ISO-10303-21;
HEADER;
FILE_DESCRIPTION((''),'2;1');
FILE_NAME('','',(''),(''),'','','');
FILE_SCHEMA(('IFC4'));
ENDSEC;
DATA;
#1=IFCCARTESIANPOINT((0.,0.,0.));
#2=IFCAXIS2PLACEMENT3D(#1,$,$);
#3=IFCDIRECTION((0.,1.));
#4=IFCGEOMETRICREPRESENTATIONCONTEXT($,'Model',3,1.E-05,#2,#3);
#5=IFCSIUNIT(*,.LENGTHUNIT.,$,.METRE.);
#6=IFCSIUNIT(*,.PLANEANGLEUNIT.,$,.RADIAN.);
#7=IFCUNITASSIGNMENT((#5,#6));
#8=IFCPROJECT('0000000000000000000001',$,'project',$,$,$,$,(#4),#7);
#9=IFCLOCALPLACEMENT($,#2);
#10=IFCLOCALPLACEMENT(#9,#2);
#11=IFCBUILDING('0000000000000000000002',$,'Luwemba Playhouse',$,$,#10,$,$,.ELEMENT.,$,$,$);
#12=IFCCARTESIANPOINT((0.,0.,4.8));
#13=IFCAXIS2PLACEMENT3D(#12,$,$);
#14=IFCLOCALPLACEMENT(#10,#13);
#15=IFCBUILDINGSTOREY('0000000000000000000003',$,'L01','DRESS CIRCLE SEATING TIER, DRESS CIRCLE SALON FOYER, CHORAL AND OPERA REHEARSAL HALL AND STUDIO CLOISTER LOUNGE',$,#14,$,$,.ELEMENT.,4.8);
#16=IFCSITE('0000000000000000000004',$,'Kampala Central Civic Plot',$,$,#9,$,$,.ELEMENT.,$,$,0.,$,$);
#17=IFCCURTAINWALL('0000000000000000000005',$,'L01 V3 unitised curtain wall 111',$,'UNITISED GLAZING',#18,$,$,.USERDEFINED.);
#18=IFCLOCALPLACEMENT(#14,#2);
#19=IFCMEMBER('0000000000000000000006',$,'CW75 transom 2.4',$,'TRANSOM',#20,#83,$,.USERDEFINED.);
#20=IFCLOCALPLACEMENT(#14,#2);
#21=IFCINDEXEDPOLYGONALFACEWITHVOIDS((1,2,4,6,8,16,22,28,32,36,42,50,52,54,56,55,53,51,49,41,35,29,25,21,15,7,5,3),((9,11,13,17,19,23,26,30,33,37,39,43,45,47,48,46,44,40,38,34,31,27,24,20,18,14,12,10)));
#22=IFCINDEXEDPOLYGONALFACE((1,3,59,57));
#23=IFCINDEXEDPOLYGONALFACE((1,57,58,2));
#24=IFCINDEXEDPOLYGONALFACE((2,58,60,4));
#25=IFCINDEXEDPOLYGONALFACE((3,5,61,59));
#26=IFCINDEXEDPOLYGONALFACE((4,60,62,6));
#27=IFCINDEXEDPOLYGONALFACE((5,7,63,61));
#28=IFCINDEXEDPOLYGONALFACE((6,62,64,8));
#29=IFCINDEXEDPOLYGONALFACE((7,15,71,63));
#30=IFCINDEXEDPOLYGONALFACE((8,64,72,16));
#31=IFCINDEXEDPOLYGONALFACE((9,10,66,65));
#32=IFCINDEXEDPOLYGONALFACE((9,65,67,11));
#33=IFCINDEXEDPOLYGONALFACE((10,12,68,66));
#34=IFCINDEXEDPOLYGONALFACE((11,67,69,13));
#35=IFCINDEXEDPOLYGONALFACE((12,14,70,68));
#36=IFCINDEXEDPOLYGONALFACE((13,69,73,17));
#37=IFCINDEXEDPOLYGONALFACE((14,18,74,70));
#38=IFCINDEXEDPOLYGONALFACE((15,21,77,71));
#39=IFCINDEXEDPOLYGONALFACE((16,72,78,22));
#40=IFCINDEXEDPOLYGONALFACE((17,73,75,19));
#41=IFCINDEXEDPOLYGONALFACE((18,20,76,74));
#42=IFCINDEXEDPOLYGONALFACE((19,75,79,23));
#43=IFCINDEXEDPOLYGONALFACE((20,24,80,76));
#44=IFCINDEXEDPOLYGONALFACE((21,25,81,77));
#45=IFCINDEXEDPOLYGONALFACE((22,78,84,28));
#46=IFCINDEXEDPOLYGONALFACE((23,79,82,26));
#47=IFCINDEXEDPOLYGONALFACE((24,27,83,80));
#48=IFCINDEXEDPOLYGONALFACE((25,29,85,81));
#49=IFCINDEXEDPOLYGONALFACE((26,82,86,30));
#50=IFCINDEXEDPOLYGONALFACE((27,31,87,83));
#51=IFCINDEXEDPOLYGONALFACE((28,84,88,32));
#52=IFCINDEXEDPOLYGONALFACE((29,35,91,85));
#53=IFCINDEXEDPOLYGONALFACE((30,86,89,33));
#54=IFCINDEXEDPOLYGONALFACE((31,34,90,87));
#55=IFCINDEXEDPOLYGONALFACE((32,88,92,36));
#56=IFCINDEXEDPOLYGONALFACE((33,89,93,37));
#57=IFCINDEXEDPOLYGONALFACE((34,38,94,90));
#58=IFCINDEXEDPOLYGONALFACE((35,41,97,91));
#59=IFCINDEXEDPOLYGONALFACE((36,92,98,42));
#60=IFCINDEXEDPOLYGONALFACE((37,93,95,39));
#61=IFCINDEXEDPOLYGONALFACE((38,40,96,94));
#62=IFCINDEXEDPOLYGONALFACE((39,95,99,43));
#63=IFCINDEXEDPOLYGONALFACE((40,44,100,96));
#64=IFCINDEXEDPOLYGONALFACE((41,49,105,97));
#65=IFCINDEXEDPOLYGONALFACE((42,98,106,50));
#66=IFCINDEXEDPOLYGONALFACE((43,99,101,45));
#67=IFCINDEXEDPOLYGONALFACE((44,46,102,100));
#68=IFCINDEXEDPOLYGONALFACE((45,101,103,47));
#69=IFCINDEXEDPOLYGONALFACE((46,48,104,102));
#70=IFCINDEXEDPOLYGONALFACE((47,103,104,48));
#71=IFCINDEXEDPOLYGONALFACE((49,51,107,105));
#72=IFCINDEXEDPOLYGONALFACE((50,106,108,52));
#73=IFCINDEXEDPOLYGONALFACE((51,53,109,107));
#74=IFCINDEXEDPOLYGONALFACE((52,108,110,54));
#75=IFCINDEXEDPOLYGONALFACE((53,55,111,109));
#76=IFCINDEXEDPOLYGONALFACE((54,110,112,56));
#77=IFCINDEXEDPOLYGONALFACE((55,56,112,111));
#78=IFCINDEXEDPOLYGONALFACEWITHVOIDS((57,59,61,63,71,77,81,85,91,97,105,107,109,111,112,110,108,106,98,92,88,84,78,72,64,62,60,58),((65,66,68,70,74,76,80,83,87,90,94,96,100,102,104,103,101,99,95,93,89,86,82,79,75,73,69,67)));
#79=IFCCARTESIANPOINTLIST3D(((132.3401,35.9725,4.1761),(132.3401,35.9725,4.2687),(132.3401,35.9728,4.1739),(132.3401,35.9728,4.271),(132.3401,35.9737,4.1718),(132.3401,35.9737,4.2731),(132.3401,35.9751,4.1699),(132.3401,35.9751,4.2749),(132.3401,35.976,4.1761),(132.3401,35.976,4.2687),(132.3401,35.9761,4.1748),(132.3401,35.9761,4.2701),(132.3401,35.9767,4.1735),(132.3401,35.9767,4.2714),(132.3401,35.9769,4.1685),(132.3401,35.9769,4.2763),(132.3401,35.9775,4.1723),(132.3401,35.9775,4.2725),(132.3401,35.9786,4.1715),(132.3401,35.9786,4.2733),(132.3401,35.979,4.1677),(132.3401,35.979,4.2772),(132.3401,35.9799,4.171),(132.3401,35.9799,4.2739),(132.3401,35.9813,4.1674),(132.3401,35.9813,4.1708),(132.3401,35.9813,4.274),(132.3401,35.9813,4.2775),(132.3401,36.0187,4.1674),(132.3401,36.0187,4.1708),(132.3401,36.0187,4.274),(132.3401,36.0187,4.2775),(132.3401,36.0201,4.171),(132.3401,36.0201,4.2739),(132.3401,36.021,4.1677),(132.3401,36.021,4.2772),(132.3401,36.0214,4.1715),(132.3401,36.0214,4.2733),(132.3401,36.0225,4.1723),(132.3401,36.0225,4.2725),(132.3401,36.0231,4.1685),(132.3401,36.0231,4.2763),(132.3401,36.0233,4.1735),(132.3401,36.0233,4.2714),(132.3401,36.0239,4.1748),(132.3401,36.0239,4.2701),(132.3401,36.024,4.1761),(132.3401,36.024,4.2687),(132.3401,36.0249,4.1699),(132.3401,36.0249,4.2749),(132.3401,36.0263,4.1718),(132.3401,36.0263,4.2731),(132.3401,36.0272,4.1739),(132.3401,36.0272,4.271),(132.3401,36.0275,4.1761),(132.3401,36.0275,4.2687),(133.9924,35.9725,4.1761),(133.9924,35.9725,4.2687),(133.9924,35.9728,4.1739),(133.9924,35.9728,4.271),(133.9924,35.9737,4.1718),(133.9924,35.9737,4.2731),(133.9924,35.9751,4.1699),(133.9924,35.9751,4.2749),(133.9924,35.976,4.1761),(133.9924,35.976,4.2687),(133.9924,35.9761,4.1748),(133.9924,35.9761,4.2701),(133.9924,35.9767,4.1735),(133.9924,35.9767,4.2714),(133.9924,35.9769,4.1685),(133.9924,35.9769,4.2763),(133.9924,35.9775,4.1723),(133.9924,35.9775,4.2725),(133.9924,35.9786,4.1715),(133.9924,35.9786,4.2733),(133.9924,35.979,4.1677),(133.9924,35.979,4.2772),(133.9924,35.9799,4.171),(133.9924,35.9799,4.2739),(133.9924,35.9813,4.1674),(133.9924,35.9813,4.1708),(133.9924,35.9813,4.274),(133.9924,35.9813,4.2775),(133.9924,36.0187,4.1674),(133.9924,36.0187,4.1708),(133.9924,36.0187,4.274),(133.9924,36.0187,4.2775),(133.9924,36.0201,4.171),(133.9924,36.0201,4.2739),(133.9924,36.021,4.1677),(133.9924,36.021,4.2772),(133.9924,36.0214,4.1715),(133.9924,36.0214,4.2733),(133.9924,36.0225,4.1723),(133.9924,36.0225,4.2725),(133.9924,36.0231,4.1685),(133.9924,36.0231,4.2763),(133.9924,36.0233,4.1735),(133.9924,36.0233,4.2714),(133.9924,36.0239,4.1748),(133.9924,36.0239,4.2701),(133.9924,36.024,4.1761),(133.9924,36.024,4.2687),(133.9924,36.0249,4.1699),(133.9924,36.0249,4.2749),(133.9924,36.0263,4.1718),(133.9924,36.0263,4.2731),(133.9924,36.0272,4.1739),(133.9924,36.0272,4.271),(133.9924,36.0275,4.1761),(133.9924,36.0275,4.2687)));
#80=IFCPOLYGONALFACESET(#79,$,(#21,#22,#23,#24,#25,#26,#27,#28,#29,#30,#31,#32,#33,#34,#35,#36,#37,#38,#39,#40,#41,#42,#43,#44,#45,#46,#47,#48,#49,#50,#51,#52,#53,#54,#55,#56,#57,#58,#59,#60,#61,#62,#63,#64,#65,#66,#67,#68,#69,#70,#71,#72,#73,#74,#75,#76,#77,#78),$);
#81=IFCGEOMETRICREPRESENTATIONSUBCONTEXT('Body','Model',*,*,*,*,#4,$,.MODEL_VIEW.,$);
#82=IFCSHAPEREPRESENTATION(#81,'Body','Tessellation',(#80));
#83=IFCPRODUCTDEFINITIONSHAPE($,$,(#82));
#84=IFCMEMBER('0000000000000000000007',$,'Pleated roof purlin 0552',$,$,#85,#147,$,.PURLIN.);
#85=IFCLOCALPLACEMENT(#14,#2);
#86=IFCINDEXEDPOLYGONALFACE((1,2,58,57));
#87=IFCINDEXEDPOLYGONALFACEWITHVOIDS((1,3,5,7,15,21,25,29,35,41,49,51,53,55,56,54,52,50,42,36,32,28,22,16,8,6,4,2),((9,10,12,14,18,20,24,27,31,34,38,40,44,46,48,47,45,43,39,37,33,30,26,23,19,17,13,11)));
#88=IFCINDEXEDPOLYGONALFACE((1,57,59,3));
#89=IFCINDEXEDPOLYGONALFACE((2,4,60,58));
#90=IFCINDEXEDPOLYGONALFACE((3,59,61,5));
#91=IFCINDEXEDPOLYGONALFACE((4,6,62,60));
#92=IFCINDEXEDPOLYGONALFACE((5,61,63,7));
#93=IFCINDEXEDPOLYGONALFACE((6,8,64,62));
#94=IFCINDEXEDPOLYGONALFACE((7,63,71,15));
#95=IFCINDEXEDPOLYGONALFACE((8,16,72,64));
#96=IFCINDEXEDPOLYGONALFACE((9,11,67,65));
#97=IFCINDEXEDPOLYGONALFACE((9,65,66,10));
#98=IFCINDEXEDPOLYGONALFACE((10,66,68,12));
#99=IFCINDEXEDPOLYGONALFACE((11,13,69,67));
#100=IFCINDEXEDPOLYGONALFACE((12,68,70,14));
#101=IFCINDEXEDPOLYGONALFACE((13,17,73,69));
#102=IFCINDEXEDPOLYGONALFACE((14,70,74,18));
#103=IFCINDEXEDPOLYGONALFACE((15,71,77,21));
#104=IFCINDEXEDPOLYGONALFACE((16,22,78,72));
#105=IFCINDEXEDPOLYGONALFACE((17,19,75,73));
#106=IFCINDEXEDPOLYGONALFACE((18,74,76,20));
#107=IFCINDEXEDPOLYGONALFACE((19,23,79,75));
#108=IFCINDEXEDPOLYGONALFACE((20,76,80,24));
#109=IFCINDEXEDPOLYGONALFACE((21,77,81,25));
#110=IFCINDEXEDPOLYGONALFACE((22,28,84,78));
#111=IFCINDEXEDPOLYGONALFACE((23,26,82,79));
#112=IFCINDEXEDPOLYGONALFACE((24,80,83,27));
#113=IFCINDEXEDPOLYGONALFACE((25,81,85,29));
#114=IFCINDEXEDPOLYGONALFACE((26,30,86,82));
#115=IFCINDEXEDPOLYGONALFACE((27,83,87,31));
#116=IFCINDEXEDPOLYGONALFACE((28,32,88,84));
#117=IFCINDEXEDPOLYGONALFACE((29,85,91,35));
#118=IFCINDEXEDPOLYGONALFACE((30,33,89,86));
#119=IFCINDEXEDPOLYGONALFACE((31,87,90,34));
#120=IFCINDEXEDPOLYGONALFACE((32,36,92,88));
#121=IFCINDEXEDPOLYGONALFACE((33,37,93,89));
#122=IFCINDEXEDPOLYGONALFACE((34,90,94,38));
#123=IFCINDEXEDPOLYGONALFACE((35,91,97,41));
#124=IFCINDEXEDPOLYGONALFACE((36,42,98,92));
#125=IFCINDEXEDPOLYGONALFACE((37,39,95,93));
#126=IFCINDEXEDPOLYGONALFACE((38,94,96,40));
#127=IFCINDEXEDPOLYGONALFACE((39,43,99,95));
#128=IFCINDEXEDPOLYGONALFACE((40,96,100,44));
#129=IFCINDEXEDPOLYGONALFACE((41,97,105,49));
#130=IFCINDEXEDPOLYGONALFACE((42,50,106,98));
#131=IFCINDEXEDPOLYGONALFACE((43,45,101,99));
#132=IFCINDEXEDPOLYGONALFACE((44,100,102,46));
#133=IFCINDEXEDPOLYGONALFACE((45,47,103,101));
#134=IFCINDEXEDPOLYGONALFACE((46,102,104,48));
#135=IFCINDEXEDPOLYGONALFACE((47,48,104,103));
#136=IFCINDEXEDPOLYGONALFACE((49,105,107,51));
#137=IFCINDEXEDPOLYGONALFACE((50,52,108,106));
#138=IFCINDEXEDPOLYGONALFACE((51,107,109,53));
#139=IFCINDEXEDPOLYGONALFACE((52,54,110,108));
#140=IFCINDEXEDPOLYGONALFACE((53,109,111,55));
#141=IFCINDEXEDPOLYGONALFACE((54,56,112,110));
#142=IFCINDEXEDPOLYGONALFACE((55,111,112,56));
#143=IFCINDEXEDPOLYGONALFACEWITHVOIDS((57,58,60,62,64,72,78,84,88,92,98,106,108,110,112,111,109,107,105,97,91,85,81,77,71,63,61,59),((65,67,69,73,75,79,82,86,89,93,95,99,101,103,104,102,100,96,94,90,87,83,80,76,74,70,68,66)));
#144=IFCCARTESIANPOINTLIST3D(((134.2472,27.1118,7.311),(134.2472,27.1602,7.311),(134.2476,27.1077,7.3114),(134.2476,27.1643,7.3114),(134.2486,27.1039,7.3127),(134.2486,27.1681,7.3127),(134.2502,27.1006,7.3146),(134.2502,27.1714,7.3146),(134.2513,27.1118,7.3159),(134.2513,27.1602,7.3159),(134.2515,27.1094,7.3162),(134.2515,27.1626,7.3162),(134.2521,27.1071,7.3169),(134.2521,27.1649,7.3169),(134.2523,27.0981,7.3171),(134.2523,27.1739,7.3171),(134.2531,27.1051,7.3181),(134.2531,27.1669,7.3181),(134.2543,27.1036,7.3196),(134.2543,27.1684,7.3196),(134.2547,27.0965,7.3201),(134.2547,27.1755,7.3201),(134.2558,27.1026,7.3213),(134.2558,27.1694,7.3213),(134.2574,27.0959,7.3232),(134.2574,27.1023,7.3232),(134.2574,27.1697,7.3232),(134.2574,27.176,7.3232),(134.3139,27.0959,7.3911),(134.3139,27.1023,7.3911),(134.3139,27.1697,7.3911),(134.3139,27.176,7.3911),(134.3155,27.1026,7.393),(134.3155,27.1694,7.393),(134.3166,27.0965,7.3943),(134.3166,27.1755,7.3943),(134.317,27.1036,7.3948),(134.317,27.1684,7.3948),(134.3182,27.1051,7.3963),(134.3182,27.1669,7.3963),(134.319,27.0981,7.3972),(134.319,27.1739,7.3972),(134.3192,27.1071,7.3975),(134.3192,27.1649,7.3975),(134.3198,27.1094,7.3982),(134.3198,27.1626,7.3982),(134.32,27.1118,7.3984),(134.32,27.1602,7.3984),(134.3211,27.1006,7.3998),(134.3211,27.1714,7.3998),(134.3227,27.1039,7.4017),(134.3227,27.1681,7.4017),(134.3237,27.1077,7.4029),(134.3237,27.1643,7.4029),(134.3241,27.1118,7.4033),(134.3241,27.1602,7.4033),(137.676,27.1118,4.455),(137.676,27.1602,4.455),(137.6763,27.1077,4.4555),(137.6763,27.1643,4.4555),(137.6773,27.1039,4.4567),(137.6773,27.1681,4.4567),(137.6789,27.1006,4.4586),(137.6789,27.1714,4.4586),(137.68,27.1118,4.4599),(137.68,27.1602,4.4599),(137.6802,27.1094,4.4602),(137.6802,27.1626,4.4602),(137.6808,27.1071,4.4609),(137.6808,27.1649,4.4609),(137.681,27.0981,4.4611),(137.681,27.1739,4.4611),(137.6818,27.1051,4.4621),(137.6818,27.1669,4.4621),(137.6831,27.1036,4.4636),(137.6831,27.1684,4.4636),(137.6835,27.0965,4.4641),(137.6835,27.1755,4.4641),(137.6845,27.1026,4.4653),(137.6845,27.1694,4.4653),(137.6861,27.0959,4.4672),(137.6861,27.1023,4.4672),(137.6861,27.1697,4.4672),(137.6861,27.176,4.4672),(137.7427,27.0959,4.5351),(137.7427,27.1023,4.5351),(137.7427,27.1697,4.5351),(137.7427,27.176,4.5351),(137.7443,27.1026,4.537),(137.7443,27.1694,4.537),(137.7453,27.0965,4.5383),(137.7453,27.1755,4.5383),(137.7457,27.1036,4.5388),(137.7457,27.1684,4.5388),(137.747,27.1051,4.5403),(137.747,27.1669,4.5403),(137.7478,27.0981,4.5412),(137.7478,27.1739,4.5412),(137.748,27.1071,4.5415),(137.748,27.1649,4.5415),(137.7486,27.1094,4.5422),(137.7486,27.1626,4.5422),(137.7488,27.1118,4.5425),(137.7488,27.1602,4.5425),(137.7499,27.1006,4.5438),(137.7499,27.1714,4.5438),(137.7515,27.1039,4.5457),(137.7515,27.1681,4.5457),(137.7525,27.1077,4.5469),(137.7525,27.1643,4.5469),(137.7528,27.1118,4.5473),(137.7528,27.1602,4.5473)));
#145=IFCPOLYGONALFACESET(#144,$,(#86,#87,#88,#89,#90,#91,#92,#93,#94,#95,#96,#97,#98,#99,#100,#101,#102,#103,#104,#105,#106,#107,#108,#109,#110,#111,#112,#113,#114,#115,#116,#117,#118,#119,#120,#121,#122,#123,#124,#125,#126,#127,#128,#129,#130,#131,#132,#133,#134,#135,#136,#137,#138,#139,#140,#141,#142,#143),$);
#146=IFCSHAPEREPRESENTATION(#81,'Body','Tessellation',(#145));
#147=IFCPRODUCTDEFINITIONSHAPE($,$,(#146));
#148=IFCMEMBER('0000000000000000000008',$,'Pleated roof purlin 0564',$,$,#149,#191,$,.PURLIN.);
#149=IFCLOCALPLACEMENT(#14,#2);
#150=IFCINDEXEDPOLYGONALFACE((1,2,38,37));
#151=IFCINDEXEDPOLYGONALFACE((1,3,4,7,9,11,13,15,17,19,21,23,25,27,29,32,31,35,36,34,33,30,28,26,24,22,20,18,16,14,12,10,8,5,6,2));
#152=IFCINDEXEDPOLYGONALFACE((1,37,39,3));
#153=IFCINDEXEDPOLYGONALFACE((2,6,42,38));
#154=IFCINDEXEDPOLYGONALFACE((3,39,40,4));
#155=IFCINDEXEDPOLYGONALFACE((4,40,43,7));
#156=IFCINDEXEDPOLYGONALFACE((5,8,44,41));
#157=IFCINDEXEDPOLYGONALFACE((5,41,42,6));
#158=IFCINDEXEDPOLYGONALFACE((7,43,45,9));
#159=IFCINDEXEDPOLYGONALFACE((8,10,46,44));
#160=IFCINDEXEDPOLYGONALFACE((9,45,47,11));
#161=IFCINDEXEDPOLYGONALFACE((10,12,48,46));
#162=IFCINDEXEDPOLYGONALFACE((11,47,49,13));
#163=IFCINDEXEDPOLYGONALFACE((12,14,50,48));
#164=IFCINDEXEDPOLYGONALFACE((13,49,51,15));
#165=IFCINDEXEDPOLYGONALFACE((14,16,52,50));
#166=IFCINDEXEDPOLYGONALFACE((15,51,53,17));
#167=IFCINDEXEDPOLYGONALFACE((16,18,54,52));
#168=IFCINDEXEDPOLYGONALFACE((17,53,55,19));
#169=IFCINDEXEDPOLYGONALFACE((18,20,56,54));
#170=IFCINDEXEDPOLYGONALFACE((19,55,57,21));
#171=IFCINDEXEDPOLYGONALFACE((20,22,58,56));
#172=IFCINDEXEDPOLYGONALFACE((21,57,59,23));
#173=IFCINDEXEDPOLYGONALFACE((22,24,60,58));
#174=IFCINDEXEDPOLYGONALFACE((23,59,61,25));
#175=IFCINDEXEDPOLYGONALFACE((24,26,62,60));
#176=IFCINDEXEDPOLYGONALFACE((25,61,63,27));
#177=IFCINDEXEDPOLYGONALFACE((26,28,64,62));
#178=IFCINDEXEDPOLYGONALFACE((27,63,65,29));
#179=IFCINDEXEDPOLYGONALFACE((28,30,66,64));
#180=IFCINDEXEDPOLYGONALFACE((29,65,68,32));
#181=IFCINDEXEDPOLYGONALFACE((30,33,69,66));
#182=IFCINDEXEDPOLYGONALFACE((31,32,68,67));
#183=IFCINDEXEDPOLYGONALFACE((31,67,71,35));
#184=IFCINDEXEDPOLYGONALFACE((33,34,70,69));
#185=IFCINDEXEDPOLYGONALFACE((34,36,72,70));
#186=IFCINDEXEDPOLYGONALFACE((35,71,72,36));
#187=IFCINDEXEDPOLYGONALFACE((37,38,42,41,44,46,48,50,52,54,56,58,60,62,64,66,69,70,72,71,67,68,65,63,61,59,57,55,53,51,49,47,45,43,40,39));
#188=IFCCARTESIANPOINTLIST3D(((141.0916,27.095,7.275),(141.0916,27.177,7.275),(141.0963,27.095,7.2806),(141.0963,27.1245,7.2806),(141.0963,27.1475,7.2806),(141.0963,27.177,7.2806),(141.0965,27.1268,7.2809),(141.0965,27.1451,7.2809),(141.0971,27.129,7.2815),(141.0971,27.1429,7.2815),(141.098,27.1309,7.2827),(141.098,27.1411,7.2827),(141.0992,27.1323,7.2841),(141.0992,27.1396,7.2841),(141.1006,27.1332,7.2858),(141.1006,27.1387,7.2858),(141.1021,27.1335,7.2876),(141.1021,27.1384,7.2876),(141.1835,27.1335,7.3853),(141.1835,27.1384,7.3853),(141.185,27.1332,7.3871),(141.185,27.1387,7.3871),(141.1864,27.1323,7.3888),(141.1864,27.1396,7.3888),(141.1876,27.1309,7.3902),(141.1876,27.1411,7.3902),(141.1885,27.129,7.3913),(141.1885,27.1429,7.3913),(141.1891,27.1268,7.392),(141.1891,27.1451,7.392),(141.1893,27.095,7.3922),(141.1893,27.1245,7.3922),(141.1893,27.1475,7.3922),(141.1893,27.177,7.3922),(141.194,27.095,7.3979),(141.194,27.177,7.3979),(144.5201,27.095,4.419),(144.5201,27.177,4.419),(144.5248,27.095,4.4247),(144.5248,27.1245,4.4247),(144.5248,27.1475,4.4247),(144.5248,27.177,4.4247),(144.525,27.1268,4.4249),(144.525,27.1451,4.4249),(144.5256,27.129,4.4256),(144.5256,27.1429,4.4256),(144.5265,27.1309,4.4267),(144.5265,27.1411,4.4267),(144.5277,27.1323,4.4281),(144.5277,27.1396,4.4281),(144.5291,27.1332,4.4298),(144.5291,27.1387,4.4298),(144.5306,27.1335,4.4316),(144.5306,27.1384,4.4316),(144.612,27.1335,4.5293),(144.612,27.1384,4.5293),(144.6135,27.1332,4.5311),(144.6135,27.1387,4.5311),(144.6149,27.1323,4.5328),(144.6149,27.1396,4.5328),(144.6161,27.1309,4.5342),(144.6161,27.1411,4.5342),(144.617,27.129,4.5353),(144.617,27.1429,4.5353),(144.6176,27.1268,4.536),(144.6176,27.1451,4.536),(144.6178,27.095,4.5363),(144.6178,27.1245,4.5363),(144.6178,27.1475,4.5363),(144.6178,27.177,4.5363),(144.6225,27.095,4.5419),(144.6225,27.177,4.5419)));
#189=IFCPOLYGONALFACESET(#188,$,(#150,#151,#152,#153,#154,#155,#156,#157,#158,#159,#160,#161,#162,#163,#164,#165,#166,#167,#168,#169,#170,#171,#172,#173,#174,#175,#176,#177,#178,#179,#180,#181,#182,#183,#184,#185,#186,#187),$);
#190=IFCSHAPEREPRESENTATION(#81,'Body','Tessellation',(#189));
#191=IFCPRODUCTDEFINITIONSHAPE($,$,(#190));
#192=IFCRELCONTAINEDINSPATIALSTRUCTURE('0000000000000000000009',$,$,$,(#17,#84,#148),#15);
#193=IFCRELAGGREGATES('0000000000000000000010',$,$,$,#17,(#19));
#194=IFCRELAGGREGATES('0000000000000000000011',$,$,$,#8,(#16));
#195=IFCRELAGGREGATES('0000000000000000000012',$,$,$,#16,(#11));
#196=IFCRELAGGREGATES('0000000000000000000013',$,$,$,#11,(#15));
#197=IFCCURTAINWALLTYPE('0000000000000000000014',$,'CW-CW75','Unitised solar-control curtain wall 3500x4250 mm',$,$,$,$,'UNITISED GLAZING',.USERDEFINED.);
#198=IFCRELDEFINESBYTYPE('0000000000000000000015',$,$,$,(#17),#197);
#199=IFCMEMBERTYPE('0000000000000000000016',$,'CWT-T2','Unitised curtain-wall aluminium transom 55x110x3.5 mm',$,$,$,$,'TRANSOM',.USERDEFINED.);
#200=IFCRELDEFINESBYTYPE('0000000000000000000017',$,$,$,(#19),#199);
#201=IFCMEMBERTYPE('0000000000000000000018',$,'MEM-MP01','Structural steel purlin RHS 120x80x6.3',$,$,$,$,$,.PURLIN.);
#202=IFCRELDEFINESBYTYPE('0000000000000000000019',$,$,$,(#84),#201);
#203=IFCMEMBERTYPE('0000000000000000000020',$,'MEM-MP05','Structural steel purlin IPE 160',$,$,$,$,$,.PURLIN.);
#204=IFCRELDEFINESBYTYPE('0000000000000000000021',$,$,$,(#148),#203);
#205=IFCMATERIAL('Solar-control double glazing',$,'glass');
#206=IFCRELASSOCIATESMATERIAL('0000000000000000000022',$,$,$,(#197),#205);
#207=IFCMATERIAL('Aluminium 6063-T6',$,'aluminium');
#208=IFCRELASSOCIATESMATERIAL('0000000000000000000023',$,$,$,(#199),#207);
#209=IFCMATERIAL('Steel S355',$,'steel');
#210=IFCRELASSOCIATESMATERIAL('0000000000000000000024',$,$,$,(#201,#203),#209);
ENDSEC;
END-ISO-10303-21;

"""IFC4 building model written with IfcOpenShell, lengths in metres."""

from ifc_helpers import new_model, si_unit, direction, frame, origin, origin_2d, place, context, subcontext, project, spatial, hollow_rectangle, i_section, extrude, material, material_profile, profile_set, type_object, element, aggregate, save


model = new_model("IFC4")

# Units and contexts
model_context = context("Model", 3, precision=1e-05, world=origin(), true_north=direction((0.0, 1.0)))
body_context = subcontext(model_context, "Body", "Model", "MODEL_VIEW")
ifc_project = project(units=[si_unit("LENGTHUNIT", "METRE"), si_unit("PLANEANGLEUNIT", "RADIAN")], contexts=[model_context])

# Site, building, storey
site_placement = place(None, origin())
site = spatial("IfcSite", under=ifc_project, at=site_placement, Name="Kampala Central Civic Plot", CompositionType="ELEMENT", RefElevation=0.0)
building_placement = place(site_placement, origin())
building = spatial("IfcBuilding", under=site, at=building_placement, Name="Luwemba Playhouse", CompositionType="ELEMENT")
storey_placement = place(building_placement, frame((0.0, 0.0, 4.8)))
storey = spatial("IfcBuildingStorey", under=building, at=storey_placement, Name="L01", Description="DRESS CIRCLE SEATING TIER, DRESS CIRCLE SALON FOYER, CHORAL AND OPERA REHEARSAL HALL AND STUDIO CLOISTER LOUNGE", CompositionType="ELEMENT", Elevation=4.8)

# Shared definitions
ifc_material_1 = material(Name="Solar-control double glazing", Category="glass")
ifc_material_2 = material(Name="Aluminium 6063-T6", Category="aluminium")

# Curtain wall, member
curtain_wall_type_1 = type_object("IfcCurtainWallType", Name="CW-CW75", Description="Unitised solar-control curtain wall 3500x4250 mm", ElementType="UNITISED GLAZING", PredefinedType="USERDEFINED", material=ifc_material_1)
curtain_wall_1_placement = place(storey_placement, origin())
curtain_wall_1 = element("IfcCurtainWall", 1, at=curtain_wall_1_placement, inside=storey, type_object=curtain_wall_type_1, Name="L01 V3 unitised curtain wall 111", ObjectType="UNITISED GLAZING", PredefinedType="USERDEFINED")
ifc_material_profile_1 = material_profile(ifc_material_2, hollow_rectangle(XDim=0.0549, YDim=0.1101, WallThickness=0.0034, InnerFilletRadius=0.0054, OuterFilletRadius=0.0088, at=origin_2d()))
ifc_profile_set_1 = profile_set([ifc_material_profile_1], Name="Aluminium 6063-T6")
member_type_1 = type_object("IfcMemberType", Name="CWT-T2", Description="Unitised curtain-wall aluminium transom 55x110x3.5 mm", ElementType="TRANSOM", PredefinedType="USERDEFINED", material=ifc_profile_set_1)
member_1_placement = place(storey_placement, frame((133.9924, 36.0, 4.2224), z_axis=(-1.0, 0.0, 0.0), x_axis=(0.0, -1.0, 0.0)))
member_1 = element("IfcMember", 2, at=member_1_placement, type_object=member_type_1, Name="CW75 transom 2.4", ObjectType="TRANSOM", PredefinedType="USERDEFINED", context=body_context, shape_type="SweptSolid", body=[
    extrude(hollow_rectangle(XDim=0.0549, YDim=0.1101, WallThickness=0.0034, InnerFilletRadius=0.0054, OuterFilletRadius=0.0088, at=origin_2d()), origin(), (0.0, 0.0, 1.0), 1.6523),
])

# Members
ifc_material_3 = material(Name="Steel S355", Category="steel")
ifc_material_profile_2 = material_profile(ifc_material_3, hollow_rectangle(XDim=0.0801, YDim=0.1201, WallThickness=0.0063, InnerFilletRadius=0.0095, OuterFilletRadius=0.0159, at=origin_2d()))
ifc_profile_set_2 = profile_set([ifc_material_profile_2], Name="Steel S355")
member_type_2 = type_object("IfcMemberType", Name="MEM-MP01", Description="Structural steel purlin RHS 120x80x6.3", PredefinedType="PURLIN", material=ifc_profile_set_2)
member_2_placement = place(storey_placement, frame((134.2856, 27.136, 7.3572), z_axis=(0.768365, 0.0, -0.640012), x_axis=(0.0, 1.0, 0.0)))
element("IfcMember", 3, at=member_2_placement, inside=storey, type_object=member_type_2, Name="Pleated roof purlin 0552", PredefinedType="PURLIN", context=body_context, shape_type="SweptSolid", body=[
    extrude(hollow_rectangle(XDim=0.0801, YDim=0.1201, WallThickness=0.0063, InnerFilletRadius=0.0095, OuterFilletRadius=0.0159, at=origin_2d()), origin(), (0.0, 0.0, 1.0), 4.4624),
])
ifc_material_profile_3 = material_profile(ifc_material_3, i_section(OverallWidth=0.082, OverallDepth=0.1599, WebThickness=0.0049, FlangeThickness=0.0073, FilletRadius=0.009, at=origin_2d()))
ifc_profile_set_3 = profile_set([ifc_material_profile_3], Name="Steel S355")
member_type_3 = type_object("IfcMemberType", Name="MEM-MP05", Description="Structural steel purlin IPE 160", PredefinedType="PURLIN", material=ifc_profile_set_3)
member_3_placement = place(storey_placement, frame((141.1428, 27.136, 7.3364), z_axis=(0.768342, 0.0, -0.640039), x_axis=(0.0, 1.0, 0.0)))
element("IfcMember", 4, at=member_3_placement, inside=storey, type_object=member_type_3, Name="Pleated roof purlin 0564", PredefinedType="PURLIN", context=body_context, shape_type="SweptSolid", body=[
    extrude(i_section(OverallWidth=0.082, OverallDepth=0.1599, WebThickness=0.0049, FlangeThickness=0.0073, FilletRadius=0.009, at=origin_2d()), origin(), (0.0, 0.0, 1.0), 4.4622),
])

aggregate(curtain_wall_1, [member_1])

save(model, "model.ifc")
